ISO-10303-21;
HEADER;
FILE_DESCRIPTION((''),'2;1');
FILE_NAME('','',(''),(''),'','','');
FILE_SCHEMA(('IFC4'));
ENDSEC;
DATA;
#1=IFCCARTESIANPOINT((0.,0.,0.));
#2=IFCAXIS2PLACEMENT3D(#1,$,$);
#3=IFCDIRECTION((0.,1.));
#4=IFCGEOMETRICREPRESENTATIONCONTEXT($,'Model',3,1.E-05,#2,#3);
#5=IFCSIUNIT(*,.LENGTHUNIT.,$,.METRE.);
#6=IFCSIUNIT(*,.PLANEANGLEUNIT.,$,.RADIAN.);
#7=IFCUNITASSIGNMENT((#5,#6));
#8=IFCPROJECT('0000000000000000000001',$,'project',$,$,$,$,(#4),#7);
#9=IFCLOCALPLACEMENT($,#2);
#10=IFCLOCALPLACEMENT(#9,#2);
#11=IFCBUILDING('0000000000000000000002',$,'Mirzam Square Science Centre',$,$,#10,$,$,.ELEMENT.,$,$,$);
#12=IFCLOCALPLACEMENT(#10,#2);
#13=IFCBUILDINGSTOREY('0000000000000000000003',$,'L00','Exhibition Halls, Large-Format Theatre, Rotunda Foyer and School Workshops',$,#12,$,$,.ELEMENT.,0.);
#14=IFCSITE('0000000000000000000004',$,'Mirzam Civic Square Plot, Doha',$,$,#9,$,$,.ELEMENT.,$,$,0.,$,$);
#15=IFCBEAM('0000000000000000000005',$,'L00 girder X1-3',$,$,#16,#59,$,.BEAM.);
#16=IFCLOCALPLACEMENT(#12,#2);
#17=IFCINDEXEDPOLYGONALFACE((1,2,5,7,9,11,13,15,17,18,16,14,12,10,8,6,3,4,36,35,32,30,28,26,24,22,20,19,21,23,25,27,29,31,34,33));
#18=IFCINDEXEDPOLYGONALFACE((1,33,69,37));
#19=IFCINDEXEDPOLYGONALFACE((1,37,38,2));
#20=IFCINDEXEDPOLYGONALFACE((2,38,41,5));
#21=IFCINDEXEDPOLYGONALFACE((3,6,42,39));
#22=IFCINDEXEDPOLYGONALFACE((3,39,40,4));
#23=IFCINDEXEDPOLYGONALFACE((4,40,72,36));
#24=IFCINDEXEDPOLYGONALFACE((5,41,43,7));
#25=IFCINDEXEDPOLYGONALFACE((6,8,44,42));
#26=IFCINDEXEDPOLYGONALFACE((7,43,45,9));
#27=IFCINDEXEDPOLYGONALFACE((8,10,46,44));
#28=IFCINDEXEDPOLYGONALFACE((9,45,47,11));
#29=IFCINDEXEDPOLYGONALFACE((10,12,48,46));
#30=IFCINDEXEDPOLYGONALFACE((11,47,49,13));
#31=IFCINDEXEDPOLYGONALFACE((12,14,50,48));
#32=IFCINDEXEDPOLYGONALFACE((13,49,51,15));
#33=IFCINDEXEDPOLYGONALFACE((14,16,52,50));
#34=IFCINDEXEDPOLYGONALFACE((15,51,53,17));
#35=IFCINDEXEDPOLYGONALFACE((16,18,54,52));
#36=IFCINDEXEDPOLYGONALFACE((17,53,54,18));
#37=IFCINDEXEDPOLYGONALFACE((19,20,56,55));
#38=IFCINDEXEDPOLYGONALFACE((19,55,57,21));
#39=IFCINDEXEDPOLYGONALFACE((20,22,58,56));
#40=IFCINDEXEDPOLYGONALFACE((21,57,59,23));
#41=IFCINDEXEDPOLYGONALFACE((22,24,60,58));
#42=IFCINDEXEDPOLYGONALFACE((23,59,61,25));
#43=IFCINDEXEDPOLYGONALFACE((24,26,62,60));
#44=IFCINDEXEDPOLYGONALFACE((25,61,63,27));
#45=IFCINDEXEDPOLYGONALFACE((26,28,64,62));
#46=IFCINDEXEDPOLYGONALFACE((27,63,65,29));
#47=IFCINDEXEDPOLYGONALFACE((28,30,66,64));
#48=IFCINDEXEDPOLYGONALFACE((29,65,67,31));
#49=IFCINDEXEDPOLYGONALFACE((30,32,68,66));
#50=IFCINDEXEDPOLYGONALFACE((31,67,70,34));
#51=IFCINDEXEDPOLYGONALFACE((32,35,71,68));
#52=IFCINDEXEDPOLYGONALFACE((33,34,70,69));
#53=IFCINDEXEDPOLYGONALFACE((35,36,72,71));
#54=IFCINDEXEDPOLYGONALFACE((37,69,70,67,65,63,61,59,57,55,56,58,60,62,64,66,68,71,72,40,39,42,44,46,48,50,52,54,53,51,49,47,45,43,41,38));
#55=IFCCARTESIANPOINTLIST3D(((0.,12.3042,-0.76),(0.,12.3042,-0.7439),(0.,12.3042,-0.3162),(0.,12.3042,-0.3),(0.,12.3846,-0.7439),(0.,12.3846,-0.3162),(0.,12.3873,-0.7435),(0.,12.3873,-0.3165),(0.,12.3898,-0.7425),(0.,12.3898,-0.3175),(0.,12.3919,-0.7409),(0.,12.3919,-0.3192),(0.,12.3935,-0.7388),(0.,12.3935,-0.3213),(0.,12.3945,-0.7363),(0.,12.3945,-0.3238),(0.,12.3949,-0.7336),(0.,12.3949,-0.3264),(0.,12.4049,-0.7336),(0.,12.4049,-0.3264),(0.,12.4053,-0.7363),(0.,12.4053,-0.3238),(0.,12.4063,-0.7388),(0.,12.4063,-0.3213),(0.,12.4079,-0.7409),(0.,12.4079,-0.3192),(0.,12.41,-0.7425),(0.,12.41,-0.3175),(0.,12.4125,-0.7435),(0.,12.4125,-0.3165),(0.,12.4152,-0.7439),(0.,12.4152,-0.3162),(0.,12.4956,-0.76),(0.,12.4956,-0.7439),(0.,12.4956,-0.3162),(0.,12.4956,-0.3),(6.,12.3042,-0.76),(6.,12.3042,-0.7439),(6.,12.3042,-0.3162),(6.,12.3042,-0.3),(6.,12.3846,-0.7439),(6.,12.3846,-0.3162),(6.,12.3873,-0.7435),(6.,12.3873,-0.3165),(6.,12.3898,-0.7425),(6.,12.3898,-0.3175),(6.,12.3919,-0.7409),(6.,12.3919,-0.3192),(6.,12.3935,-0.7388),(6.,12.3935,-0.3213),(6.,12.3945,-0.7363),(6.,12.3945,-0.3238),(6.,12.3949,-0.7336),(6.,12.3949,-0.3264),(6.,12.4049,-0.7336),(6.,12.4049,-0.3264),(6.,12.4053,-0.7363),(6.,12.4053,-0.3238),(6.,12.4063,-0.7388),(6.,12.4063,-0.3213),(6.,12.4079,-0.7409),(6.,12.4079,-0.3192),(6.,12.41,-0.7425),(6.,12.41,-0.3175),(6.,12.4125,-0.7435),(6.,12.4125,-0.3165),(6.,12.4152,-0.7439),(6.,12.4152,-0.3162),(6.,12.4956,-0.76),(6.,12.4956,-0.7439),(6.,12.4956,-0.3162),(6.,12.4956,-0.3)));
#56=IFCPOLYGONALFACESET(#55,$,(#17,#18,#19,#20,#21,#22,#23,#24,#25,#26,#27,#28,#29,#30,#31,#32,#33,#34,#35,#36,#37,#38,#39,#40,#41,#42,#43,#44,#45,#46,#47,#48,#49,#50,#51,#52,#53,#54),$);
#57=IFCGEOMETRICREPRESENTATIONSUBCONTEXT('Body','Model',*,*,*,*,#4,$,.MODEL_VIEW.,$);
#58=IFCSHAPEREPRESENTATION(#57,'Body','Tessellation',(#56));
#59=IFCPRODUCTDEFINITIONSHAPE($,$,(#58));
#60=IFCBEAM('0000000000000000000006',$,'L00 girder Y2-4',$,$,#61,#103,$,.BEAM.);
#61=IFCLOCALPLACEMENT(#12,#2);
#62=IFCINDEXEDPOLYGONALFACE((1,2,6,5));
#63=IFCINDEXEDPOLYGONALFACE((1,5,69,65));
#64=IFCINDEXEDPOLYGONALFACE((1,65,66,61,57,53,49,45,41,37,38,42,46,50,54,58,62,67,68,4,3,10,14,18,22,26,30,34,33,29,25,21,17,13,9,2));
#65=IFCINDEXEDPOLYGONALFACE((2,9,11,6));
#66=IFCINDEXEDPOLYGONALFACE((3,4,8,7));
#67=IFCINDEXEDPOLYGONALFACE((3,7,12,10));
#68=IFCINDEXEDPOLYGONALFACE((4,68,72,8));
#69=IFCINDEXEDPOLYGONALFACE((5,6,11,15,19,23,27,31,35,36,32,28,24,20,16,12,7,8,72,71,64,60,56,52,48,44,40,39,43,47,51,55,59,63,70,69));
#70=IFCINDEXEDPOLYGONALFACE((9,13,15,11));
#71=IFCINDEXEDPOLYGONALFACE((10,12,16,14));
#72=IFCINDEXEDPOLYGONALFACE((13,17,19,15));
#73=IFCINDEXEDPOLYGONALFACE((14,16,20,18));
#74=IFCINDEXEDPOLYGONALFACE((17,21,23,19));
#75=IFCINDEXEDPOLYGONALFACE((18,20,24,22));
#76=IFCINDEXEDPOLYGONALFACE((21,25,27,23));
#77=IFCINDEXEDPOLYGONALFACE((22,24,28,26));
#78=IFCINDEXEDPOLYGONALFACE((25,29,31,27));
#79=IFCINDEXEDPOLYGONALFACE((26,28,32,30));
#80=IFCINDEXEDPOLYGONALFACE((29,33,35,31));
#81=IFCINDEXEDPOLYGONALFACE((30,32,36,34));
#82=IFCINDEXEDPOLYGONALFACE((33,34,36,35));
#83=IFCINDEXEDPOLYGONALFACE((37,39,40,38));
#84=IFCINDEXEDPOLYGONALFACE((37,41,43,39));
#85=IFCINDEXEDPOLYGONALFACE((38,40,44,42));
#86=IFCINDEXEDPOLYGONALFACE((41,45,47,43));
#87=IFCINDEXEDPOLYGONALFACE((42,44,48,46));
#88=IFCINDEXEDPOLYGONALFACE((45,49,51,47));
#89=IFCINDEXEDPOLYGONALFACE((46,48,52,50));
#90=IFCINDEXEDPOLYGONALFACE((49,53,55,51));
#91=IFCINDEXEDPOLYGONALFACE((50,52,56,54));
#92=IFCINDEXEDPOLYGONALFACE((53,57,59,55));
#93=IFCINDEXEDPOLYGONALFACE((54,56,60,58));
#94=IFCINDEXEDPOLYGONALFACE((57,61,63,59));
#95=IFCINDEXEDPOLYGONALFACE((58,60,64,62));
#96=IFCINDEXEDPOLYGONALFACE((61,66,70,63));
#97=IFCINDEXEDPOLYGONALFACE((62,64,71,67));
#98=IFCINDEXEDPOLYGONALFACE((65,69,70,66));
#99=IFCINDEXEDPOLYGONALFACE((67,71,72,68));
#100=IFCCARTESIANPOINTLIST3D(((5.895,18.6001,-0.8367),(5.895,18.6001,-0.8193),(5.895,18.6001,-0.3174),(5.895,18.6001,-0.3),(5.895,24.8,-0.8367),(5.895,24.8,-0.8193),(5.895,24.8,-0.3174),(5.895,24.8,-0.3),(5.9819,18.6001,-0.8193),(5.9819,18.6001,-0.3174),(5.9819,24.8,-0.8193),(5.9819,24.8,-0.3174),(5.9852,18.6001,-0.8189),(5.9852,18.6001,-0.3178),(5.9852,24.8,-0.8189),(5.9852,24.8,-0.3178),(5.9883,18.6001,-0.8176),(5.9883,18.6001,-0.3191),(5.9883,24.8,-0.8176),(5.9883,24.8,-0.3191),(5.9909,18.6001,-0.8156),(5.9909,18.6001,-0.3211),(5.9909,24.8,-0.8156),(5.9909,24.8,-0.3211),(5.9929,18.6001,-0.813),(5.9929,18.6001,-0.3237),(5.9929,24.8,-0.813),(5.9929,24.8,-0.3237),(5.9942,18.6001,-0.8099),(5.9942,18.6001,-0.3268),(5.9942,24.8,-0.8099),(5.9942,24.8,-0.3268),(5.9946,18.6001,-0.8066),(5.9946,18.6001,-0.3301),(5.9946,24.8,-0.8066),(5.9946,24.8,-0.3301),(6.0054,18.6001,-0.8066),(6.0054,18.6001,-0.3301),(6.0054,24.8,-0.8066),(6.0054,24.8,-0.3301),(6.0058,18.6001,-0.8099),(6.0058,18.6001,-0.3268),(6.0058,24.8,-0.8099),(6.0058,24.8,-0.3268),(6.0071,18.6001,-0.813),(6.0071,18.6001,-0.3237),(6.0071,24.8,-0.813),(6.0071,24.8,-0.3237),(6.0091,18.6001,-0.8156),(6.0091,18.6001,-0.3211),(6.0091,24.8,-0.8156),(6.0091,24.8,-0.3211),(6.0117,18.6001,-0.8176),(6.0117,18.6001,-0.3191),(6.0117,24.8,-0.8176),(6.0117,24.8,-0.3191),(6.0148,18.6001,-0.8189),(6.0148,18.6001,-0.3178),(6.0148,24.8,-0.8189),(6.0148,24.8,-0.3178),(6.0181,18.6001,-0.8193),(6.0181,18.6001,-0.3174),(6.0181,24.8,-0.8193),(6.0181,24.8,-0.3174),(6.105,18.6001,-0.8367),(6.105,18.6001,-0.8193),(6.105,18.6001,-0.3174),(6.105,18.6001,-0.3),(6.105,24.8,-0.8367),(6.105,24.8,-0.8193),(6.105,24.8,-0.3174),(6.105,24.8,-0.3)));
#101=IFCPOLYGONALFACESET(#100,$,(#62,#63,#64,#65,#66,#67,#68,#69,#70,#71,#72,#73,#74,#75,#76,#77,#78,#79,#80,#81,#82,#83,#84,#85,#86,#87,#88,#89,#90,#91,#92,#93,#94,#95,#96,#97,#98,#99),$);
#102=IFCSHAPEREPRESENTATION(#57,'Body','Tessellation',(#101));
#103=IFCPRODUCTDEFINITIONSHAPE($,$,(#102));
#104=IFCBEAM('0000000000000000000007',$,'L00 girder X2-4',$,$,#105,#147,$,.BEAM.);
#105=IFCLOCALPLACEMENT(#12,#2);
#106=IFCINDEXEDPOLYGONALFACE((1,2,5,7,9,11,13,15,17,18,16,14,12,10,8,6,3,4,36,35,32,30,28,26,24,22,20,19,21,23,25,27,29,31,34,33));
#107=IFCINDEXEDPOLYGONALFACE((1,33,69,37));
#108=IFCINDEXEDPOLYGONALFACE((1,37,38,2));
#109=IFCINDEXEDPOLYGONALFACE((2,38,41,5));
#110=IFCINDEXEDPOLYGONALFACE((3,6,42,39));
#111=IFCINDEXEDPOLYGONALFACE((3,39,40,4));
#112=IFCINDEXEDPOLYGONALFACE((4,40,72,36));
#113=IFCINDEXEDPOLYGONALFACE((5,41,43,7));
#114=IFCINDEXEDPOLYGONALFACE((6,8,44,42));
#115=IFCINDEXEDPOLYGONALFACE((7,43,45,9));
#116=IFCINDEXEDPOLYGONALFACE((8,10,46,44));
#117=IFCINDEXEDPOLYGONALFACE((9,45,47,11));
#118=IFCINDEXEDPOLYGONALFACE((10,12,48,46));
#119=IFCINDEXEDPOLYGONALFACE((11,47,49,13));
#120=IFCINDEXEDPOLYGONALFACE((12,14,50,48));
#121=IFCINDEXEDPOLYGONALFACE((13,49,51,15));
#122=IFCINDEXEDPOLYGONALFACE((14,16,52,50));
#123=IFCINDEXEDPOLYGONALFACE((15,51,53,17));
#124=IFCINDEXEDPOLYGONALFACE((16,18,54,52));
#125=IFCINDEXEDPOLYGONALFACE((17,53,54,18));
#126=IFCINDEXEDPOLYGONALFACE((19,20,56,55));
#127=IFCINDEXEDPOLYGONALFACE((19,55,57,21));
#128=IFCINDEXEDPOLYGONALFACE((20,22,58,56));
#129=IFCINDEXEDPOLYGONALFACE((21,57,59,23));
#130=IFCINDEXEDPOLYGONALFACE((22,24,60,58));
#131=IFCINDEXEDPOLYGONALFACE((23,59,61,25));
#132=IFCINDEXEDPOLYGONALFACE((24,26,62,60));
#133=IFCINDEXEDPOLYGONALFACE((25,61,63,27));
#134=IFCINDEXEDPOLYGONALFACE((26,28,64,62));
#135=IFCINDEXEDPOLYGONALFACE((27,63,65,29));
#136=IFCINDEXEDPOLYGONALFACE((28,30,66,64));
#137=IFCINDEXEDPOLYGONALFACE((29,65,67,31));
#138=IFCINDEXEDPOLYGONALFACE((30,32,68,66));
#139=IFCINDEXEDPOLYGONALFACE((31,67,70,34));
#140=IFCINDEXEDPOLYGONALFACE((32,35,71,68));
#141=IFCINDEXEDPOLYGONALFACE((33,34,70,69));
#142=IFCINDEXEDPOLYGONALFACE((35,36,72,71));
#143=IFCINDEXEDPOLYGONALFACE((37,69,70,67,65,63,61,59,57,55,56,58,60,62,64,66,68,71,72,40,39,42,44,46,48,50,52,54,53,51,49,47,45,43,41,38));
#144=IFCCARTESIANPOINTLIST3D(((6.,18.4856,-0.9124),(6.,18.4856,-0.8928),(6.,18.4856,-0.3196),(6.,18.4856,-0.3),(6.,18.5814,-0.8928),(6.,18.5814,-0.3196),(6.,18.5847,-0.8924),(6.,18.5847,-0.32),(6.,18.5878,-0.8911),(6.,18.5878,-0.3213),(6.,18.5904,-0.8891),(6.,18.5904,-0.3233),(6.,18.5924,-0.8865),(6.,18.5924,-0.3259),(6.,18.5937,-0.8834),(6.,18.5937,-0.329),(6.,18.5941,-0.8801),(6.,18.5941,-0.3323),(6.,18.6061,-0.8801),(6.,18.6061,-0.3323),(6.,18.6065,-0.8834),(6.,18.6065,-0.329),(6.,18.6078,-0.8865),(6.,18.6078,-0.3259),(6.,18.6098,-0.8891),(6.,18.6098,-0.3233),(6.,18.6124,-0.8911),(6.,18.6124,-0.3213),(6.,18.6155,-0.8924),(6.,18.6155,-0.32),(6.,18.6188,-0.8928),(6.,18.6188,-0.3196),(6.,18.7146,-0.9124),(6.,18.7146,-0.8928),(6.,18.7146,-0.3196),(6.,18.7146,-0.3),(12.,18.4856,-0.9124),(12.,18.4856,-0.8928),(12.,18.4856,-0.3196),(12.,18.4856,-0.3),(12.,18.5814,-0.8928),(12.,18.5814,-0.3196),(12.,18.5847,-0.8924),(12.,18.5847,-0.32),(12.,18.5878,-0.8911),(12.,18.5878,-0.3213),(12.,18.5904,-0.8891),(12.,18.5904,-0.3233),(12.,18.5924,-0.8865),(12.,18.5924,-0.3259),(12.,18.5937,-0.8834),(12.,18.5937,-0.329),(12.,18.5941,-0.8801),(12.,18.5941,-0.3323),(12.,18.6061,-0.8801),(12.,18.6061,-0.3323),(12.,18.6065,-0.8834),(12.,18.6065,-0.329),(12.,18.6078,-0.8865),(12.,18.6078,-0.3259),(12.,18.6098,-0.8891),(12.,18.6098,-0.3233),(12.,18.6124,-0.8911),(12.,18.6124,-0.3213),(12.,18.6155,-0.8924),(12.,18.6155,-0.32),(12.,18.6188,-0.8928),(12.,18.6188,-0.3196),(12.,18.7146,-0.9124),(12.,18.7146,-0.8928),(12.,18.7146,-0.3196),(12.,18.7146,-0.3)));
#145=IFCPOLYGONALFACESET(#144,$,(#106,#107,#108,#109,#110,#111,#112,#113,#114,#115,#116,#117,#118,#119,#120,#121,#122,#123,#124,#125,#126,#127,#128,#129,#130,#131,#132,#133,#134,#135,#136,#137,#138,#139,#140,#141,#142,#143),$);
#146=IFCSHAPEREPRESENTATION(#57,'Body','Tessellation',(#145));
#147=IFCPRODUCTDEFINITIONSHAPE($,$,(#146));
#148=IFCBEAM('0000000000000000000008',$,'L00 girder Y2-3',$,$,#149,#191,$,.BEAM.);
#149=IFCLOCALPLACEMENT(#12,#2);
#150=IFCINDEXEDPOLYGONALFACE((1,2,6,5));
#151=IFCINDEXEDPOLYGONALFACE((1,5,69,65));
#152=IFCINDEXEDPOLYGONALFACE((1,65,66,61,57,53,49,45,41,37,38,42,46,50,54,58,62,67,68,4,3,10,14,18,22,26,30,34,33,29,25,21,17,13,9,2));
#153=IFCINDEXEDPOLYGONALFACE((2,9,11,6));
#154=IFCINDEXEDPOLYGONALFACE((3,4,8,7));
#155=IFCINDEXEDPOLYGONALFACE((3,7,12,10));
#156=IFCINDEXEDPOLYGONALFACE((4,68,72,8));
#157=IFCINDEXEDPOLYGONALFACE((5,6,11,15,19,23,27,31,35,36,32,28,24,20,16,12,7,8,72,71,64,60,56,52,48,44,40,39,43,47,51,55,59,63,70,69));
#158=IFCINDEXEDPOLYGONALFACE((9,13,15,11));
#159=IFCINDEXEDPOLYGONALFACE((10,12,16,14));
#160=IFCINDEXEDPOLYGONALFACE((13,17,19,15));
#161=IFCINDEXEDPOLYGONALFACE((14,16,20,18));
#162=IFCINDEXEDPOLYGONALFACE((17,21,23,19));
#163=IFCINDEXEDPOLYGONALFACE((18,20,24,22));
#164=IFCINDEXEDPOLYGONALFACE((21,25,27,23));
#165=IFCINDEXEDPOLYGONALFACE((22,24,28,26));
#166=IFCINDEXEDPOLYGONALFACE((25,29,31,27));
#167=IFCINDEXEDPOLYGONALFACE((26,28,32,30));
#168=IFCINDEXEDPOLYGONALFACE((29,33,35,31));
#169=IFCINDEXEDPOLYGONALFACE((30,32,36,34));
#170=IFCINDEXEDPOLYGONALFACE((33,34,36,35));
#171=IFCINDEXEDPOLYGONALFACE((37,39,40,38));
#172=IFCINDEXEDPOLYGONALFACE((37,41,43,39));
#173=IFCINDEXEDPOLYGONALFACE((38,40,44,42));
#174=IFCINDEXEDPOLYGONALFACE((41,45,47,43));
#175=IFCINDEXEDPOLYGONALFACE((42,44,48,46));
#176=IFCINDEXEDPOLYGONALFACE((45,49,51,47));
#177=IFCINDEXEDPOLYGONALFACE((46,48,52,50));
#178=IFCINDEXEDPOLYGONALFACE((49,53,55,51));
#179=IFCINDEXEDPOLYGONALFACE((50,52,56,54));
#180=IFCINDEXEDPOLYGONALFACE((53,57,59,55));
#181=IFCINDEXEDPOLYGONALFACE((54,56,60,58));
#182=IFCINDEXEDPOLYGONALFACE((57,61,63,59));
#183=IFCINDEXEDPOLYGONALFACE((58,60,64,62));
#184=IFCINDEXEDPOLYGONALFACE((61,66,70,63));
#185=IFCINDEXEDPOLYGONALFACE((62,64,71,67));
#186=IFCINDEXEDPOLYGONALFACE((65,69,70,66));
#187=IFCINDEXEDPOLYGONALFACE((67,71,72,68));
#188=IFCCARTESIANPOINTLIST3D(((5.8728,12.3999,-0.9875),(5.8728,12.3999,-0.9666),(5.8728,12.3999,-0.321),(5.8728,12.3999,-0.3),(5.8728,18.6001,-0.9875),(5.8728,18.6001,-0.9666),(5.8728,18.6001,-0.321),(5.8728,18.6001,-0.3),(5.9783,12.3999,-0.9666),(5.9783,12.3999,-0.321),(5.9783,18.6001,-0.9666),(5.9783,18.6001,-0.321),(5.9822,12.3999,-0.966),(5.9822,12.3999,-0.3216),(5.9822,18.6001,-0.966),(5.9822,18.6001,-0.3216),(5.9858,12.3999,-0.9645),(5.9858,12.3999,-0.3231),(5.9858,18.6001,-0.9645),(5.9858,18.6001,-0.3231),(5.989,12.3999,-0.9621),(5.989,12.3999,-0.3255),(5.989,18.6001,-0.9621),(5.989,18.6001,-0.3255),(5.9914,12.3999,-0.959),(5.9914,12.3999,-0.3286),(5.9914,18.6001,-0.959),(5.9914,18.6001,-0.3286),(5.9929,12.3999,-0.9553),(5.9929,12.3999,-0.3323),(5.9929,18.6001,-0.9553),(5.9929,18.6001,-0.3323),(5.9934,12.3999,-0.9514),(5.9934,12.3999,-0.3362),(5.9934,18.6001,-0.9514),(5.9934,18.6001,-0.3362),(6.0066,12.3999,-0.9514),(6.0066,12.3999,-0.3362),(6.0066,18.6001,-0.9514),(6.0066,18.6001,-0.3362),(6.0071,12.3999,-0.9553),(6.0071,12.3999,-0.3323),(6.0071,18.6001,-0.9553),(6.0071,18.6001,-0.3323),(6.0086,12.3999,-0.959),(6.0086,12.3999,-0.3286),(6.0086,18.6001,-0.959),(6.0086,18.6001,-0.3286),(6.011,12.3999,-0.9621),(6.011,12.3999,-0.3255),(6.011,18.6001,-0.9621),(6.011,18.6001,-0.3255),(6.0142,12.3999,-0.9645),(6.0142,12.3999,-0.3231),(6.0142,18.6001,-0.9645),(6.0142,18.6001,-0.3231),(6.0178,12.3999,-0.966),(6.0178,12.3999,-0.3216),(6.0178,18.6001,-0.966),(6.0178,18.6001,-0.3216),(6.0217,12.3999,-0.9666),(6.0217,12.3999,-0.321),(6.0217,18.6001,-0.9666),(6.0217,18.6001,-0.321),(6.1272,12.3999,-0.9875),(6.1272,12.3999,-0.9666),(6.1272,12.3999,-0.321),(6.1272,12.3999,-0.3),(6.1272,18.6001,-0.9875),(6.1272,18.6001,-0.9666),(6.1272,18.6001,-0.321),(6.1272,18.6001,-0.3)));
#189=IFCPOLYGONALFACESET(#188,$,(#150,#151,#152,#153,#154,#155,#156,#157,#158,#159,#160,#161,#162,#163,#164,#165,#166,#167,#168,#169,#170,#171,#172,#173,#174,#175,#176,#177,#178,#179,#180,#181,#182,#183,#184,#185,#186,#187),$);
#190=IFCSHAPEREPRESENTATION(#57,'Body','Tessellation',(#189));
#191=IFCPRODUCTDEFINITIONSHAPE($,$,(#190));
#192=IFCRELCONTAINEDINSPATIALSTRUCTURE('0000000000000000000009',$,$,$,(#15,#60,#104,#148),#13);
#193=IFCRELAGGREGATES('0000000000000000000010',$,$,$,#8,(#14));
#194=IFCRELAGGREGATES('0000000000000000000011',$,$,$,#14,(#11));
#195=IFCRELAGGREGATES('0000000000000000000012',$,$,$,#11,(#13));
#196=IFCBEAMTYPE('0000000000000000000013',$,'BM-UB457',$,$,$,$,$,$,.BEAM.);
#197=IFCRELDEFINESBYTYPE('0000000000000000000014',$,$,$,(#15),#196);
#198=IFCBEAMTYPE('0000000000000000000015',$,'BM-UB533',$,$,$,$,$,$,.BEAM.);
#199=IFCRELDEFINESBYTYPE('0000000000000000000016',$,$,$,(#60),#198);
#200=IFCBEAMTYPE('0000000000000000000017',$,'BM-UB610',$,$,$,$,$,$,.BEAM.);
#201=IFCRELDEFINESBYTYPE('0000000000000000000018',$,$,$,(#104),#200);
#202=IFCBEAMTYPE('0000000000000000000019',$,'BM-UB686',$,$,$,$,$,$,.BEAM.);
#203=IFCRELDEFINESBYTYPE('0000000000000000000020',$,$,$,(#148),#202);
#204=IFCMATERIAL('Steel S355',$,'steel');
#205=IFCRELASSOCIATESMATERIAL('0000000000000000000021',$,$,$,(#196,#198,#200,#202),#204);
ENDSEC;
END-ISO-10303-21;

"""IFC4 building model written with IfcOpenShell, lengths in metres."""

from ifc_helpers import new_model, si_unit, direction, frame, origin, origin_2d, place, context, subcontext, project, spatial, i_section, extrude, material, material_profile, profile_set, type_object, element, save


model = new_model("IFC4")

# Units and contexts
model_context = context("Model", 3, precision=1e-05, world=origin(), true_north=direction((0.0, 1.0)))
body_context = subcontext(model_context, "Body", "Model", "MODEL_VIEW")
ifc_project = project(units=[si_unit("LENGTHUNIT", "METRE"), si_unit("PLANEANGLEUNIT", "RADIAN")], contexts=[model_context])

# Site, building, storey
site_placement = place(None, origin())
site = spatial("IfcSite", under=ifc_project, at=site_placement, Name="Mirzam Civic Square Plot, Doha", CompositionType="ELEMENT", RefElevation=0.0)
building_placement = place(site_placement, origin())
building = spatial("IfcBuilding", under=site, at=building_placement, Name="Mirzam Square Science Centre", CompositionType="ELEMENT")
storey_placement = place(building_placement, origin())
storey = spatial("IfcBuildingStorey", under=building, at=storey_placement, Name="L00", Description="Exhibition Halls, Large-Format Theatre, Rotunda Foyer and School Workshops", CompositionType="ELEMENT", Elevation=0.0)

# Shared definitions
ifc_material_1 = material(Name="Steel S355", Category="steel")

# Beams
ifc_material_profile_1 = material_profile(ifc_material_1, i_section(OverallWidth=0.1914, OverallDepth=0.46, WebThickness=0.01, FlangeThickness=0.0161, FilletRadius=0.0103, at=origin_2d()), Name="457x191x82UB")
ifc_profile_set_1 = profile_set([ifc_material_profile_1], Name="Steel S355")
beam_type_1 = type_object("IfcBeamType", Name="BM-UB457", PredefinedType="BEAM", material=ifc_profile_set_1)
beam_1_placement = place(storey_placement, frame((0.0, 12.3999, -0.53), z_axis=(1.0, 0.0, 0.0), x_axis=(0.0, 1.0, 0.0)))
element("IfcBeam", 1, at=beam_1_placement, inside=storey, type_object=beam_type_1, Name="L00 girder X1-3", PredefinedType="BEAM", context=body_context, shape_type="SweptSolid", body=[
    extrude(i_section(OverallWidth=0.1914, OverallDepth=0.46, WebThickness=0.01, FlangeThickness=0.0161, FilletRadius=0.0103, at=origin_2d()), origin(), (0.0, 0.0, 1.0), 6.0),
])
ifc_material_profile_2 = material_profile(ifc_material_1, i_section(OverallWidth=0.21, OverallDepth=0.5366, WebThickness=0.0107, FlangeThickness=0.0173, FilletRadius=0.0127, at=origin_2d()), Name="533x210x101UB")
ifc_profile_set_2 = profile_set([ifc_material_profile_2], Name="Steel S355")
beam_type_2 = type_object("IfcBeamType", Name="BM-UB533", PredefinedType="BEAM", material=ifc_profile_set_2)
beam_2_placement = place(storey_placement, frame((6.0, 18.6001, -0.5684), z_axis=(0.0, 1.0, 0.0), x_axis=(-1.0, 0.0, 0.0)))
element("IfcBeam", 2, at=beam_2_placement, inside=storey, type_object=beam_type_2, Name="L00 girder Y2-4", PredefinedType="BEAM", context=body_context, shape_type="SweptSolid", body=[
    extrude(i_section(OverallWidth=0.21, OverallDepth=0.5366, WebThickness=0.0107, FlangeThickness=0.0173, FilletRadius=0.0127, at=origin_2d()), origin(), (0.0, 0.0, 1.0), 6.2),
])
ifc_material_profile_3 = material_profile(ifc_material_1, i_section(OverallWidth=0.229, OverallDepth=0.6123, WebThickness=0.012, FlangeThickness=0.0195, FilletRadius=0.0127, at=origin_2d()), Name="610x229x125UB")
ifc_profile_set_3 = profile_set([ifc_material_profile_3], Name="Steel S355")
beam_type_3 = type_object("IfcBeamType", Name="BM-UB610", PredefinedType="BEAM", material=ifc_profile_set_3)
beam_3_placement = place(storey_placement, frame((6.0, 18.6001, -0.6062), z_axis=(1.0, 0.0, 0.0), x_axis=(0.0, 1.0, 0.0)))
element("IfcBeam", 3, at=beam_3_placement, inside=storey, type_object=beam_type_3, Name="L00 girder X2-4", PredefinedType="BEAM", context=body_context, shape_type="SweptSolid", body=[
    extrude(i_section(OverallWidth=0.229, OverallDepth=0.6123, WebThickness=0.012, FlangeThickness=0.0195, FilletRadius=0.0127, at=origin_2d()), origin(), (0.0, 0.0, 1.0), 6.0),
])
ifc_material_profile_4 = material_profile(ifc_material_1, i_section(OverallWidth=0.2544, OverallDepth=0.6875, WebThickness=0.0132, FlangeThickness=0.021, FilletRadius=0.0151, at=origin_2d()), Name="686x254x152UB")
ifc_profile_set_4 = profile_set([ifc_material_profile_4], Name="Steel S355")
beam_type_4 = type_object("IfcBeamType", Name="BM-UB686", PredefinedType="BEAM", material=ifc_profile_set_4)
beam_4_placement = place(storey_placement, frame((6.0, 12.3999, -0.6438), z_axis=(0.0, 1.0, 0.0), x_axis=(-1.0, 0.0, 0.0)))
element("IfcBeam", 4, at=beam_4_placement, inside=storey, type_object=beam_type_4, Name="L00 girder Y2-3", PredefinedType="BEAM", context=body_context, shape_type="SweptSolid", body=[
    extrude(i_section(OverallWidth=0.2544, OverallDepth=0.6875, WebThickness=0.0132, FlangeThickness=0.021, FilletRadius=0.0151, at=origin_2d()), origin(), (0.0, 0.0, 1.0), 6.2002),
])

save(model, "model.ifc")
